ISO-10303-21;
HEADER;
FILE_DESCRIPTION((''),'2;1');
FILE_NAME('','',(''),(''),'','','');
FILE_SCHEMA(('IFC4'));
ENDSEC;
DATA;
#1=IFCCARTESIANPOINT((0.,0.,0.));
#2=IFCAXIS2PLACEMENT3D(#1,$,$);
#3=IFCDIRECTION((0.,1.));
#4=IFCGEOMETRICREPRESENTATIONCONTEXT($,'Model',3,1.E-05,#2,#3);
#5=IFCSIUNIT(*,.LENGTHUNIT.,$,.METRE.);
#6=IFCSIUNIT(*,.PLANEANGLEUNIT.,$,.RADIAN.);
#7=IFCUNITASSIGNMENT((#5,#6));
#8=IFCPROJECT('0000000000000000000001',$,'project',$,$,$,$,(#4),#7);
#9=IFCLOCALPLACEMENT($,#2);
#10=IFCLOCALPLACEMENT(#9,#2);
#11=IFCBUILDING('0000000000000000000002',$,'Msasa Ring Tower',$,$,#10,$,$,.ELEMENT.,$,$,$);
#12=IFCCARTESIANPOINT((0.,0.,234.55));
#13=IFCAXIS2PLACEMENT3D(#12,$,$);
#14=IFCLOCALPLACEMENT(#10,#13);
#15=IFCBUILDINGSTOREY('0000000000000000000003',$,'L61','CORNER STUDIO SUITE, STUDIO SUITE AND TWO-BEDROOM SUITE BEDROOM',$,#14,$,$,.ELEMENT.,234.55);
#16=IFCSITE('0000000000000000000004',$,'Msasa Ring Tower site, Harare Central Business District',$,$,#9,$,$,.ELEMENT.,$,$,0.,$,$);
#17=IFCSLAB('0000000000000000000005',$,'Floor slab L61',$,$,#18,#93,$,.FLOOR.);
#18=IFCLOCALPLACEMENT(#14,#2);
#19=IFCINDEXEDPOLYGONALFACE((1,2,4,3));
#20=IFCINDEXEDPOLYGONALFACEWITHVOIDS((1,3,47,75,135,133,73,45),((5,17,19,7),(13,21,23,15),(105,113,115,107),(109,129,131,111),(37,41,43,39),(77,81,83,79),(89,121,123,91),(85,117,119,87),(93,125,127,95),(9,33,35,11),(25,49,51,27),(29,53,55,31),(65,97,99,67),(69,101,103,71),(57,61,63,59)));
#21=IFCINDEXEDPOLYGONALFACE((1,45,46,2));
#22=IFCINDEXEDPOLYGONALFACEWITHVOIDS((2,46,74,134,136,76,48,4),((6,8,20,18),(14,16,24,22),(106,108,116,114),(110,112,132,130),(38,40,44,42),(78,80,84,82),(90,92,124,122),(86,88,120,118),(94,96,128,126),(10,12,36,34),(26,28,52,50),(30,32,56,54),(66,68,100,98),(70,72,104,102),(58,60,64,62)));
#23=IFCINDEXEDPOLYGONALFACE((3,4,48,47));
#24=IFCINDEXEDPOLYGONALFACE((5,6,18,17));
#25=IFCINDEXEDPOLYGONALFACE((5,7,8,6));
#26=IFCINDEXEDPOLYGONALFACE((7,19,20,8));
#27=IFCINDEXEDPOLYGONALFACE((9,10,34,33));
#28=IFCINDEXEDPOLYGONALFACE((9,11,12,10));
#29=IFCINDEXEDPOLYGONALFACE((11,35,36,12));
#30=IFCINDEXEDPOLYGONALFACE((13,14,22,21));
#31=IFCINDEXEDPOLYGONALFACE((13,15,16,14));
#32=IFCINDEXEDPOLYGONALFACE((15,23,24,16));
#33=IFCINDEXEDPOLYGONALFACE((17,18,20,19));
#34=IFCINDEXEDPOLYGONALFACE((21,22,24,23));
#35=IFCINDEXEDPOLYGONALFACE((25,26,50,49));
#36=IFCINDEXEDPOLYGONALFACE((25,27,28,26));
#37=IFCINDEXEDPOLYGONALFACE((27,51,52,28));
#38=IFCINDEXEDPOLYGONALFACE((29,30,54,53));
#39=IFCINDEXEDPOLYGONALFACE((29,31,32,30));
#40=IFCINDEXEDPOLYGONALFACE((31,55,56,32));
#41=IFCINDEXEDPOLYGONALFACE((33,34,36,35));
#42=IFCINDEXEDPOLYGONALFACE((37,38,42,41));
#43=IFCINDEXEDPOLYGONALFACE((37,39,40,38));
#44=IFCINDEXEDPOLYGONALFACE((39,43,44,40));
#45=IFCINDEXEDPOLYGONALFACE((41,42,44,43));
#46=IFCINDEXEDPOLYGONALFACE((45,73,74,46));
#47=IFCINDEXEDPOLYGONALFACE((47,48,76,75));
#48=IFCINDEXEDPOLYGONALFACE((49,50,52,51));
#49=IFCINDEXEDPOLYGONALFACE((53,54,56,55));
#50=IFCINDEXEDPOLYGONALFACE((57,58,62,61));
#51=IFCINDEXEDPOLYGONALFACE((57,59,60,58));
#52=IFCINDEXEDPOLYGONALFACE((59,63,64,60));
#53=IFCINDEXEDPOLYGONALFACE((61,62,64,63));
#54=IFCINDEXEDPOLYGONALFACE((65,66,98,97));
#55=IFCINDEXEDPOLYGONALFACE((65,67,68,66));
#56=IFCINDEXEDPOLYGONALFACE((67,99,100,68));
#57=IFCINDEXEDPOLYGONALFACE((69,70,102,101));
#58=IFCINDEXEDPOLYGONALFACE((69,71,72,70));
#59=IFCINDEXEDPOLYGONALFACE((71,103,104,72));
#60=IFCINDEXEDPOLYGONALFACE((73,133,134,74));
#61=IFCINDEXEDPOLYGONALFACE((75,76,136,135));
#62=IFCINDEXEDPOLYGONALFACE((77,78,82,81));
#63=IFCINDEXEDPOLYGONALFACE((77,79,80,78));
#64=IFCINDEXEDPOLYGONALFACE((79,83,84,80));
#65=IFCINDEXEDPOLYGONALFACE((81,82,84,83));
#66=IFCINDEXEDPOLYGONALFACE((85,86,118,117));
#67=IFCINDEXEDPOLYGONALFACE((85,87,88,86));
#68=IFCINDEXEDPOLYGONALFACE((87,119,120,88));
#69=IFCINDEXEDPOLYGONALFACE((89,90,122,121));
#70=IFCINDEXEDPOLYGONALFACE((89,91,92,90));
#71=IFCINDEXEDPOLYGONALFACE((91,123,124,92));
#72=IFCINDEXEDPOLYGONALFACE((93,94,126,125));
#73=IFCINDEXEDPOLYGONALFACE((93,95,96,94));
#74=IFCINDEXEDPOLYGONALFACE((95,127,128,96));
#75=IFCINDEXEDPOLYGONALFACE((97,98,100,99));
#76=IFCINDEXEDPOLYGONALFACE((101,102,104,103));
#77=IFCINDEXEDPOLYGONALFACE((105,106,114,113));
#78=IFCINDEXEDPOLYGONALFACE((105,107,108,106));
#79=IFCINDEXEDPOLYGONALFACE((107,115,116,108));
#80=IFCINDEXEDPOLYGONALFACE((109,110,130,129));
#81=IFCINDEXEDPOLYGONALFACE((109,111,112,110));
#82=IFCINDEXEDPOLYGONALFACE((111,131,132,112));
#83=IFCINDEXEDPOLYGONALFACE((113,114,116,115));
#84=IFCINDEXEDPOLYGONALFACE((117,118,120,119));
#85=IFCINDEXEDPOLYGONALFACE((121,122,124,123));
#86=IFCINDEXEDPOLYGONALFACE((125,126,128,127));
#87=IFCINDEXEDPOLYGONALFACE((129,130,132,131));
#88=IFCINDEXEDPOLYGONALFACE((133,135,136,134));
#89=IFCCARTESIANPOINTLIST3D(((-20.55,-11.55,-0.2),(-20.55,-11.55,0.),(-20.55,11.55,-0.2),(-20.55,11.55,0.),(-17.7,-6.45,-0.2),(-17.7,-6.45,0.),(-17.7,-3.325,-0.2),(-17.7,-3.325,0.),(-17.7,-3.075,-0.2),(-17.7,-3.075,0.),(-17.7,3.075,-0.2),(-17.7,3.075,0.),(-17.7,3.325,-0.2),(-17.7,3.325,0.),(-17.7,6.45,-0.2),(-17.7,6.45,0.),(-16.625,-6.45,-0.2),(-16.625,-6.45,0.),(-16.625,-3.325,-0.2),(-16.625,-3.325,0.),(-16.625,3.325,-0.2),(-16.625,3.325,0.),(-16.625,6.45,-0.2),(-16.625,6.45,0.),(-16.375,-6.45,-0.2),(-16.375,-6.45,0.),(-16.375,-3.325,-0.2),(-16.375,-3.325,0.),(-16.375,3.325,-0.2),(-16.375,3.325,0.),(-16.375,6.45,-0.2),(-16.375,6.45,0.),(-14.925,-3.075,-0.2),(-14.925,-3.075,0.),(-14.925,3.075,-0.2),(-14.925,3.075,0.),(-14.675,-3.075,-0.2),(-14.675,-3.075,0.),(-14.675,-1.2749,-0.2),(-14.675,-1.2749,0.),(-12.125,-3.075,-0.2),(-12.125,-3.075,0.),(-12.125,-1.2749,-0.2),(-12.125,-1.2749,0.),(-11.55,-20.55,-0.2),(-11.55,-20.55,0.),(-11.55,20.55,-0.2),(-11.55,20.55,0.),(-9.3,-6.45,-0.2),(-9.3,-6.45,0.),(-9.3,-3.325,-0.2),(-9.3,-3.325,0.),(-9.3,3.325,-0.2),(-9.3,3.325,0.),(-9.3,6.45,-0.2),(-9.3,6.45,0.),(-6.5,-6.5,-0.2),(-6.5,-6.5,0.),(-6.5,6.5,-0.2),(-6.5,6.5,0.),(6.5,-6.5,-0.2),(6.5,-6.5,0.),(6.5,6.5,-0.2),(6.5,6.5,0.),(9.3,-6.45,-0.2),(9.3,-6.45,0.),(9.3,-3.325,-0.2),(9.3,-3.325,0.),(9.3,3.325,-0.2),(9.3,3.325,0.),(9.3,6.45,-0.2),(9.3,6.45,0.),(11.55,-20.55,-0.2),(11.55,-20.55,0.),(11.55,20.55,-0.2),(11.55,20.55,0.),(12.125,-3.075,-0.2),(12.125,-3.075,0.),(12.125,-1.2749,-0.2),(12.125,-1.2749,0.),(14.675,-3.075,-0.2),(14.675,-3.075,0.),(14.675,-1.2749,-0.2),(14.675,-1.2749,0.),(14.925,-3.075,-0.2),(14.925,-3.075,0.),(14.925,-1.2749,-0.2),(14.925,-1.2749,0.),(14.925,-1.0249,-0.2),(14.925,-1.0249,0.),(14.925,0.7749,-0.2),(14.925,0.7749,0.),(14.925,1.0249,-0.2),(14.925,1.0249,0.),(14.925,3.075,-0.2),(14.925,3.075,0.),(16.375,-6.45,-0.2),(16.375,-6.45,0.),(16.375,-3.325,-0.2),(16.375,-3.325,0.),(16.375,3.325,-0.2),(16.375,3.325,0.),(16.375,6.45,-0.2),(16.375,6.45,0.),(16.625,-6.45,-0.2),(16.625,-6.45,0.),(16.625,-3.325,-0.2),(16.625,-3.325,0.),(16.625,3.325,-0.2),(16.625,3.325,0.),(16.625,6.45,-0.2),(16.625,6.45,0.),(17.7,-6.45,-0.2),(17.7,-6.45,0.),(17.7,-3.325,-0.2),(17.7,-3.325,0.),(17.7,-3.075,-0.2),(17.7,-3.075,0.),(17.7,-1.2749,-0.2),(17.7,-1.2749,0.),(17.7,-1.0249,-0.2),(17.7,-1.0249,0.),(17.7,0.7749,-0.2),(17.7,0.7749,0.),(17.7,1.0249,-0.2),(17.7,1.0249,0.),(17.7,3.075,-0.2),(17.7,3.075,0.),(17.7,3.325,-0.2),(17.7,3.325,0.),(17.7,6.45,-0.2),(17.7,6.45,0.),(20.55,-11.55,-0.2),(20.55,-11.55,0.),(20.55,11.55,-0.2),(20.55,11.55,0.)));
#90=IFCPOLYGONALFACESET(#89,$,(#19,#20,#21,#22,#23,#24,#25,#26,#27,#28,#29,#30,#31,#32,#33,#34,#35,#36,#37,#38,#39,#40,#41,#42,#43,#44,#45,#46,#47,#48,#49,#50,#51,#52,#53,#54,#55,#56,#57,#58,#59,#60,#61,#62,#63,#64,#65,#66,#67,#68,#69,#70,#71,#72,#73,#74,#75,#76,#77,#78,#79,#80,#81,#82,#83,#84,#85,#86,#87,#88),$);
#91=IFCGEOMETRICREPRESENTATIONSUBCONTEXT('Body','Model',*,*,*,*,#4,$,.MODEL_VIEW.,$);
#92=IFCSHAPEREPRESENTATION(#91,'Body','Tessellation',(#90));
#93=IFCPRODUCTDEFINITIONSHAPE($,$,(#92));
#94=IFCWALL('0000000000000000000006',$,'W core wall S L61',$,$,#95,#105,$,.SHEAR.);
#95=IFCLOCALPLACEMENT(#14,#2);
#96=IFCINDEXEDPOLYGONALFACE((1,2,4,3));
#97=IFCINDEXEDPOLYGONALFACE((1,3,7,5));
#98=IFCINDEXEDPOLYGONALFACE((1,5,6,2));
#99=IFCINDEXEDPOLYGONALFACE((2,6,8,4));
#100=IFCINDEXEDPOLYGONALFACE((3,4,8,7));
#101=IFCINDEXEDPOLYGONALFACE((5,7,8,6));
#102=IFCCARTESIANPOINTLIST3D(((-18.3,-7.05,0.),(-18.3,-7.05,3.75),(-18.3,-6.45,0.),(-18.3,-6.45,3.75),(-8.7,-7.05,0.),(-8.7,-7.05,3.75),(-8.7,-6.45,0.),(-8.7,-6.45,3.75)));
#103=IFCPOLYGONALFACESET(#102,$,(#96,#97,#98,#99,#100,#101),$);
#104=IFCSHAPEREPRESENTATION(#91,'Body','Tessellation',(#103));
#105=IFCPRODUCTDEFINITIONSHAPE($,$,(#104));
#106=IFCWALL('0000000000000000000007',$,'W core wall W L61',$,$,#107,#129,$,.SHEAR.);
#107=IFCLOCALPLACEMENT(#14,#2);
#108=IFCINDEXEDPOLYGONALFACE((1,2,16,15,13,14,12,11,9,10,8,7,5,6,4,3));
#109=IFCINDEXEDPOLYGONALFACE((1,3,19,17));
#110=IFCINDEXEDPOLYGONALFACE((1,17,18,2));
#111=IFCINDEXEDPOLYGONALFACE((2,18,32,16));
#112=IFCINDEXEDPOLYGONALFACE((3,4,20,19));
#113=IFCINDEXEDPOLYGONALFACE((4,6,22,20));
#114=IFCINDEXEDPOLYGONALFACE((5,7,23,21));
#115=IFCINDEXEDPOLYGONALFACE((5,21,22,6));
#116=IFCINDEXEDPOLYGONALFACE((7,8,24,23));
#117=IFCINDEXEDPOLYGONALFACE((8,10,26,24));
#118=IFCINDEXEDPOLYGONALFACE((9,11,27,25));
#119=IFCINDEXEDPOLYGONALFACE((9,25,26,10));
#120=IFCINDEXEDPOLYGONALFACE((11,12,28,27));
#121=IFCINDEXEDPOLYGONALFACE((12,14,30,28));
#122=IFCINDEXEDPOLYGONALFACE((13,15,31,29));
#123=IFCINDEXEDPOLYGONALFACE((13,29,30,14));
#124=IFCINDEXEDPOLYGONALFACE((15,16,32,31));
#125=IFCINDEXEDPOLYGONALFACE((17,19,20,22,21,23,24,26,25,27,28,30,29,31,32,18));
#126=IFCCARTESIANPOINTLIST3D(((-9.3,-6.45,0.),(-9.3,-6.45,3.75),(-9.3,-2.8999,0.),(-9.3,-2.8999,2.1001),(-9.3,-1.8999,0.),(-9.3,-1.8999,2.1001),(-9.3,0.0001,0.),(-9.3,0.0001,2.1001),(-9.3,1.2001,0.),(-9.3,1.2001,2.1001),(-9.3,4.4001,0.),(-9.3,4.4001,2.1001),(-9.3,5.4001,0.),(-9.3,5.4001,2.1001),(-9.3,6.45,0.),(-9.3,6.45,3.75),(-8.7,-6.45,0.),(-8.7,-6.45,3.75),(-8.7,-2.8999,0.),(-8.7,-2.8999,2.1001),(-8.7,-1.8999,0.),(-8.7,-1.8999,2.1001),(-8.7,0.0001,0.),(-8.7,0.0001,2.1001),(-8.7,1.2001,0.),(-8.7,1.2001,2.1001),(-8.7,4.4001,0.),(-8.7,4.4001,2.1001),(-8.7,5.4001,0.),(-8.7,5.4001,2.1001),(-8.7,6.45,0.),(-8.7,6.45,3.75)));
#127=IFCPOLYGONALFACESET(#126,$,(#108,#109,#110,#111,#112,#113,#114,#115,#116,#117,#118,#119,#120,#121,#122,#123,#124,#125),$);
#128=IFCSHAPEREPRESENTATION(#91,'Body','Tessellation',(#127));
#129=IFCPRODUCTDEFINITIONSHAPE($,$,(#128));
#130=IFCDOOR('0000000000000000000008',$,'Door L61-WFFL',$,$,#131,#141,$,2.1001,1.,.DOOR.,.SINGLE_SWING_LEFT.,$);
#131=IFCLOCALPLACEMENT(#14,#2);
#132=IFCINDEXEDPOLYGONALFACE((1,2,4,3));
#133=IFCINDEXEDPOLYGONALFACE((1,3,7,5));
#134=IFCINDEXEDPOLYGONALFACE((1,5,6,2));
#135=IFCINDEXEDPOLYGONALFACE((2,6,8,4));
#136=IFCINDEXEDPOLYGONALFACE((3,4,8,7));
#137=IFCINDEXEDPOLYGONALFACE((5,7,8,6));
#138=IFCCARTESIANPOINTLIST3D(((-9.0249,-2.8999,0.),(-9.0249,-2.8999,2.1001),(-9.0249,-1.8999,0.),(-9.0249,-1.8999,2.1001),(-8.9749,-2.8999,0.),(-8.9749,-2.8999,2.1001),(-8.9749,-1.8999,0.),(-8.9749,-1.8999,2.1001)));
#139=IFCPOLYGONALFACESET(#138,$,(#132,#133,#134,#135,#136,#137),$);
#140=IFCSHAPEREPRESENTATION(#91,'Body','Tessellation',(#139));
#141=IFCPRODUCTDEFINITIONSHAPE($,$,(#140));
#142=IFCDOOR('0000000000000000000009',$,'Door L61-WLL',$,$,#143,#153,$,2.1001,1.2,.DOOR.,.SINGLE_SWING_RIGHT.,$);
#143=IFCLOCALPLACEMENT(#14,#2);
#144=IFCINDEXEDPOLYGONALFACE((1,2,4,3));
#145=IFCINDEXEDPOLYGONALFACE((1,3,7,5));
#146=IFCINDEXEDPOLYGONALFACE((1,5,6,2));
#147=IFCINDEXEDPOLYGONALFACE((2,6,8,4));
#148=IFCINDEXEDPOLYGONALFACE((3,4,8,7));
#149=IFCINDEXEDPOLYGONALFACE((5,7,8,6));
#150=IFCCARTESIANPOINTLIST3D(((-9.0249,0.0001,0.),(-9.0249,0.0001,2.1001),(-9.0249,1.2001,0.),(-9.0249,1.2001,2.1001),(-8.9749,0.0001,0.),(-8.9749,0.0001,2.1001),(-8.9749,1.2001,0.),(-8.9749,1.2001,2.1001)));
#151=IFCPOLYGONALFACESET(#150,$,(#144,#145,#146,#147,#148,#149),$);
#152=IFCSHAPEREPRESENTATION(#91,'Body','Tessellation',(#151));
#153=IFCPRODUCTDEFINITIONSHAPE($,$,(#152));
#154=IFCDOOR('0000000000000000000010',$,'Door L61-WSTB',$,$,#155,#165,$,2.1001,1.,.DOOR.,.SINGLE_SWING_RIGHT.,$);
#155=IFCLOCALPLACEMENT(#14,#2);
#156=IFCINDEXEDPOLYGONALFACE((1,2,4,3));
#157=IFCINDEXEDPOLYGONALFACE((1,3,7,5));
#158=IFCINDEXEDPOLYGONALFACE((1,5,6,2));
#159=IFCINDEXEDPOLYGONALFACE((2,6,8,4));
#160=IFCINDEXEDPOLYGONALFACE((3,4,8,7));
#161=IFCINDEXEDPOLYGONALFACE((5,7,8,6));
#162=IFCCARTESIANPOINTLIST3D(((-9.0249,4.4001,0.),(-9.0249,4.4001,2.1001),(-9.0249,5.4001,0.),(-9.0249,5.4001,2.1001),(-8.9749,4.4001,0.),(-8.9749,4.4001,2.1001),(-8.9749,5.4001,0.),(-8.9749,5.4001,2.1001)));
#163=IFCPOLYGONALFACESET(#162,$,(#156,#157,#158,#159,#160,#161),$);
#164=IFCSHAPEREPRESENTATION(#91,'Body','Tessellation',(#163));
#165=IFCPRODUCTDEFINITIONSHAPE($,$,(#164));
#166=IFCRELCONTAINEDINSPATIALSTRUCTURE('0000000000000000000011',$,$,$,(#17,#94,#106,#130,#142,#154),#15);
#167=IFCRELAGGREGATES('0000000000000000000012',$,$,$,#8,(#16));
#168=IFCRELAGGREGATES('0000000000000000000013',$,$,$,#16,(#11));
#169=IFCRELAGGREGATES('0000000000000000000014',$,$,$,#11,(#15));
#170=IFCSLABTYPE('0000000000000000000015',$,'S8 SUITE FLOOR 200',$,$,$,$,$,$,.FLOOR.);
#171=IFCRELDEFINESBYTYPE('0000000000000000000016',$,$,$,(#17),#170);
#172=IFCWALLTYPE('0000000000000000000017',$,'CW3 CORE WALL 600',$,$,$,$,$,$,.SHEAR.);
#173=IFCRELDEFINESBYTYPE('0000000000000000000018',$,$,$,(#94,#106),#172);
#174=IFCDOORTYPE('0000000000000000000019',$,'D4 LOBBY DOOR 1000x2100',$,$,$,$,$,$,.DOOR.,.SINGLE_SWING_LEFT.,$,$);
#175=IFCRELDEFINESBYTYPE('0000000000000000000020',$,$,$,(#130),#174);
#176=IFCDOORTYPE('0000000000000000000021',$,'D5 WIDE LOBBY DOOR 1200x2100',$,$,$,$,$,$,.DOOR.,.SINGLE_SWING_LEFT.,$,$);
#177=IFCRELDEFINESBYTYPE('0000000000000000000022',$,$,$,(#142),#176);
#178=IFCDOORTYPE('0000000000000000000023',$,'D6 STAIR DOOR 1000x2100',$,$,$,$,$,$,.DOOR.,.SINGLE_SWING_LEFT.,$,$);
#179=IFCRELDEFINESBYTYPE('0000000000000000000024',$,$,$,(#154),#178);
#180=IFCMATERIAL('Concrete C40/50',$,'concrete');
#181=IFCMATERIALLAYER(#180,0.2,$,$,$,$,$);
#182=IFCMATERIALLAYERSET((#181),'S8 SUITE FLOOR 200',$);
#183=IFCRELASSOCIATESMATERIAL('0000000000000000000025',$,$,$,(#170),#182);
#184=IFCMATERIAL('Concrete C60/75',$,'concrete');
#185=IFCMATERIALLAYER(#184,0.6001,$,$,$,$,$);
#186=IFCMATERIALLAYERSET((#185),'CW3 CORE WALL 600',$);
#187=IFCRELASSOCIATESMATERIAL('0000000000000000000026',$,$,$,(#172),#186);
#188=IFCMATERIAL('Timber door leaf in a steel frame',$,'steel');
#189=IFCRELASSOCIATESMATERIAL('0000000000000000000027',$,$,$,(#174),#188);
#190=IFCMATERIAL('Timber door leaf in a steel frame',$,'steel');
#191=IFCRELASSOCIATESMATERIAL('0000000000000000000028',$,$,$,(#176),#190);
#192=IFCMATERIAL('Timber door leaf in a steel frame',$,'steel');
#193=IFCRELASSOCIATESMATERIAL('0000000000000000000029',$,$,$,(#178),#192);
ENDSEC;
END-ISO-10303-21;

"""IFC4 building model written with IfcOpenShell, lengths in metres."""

from ifc_helpers import new_model, si_unit, direction, frame, frame_2d, origin, place, context, subcontext, project, spatial, polyline, rectangle, outline, extrude, material, layer, layer_set, type_object, element, fill, save


model = new_model("IFC4")

# Units and contexts
model_context = context("Model", 3, precision=1e-05, world=origin(), true_north=direction((0.0, 1.0)))
body_context = subcontext(model_context, "Body", "Model", "MODEL_VIEW")
ifc_project = project(units=[si_unit("LENGTHUNIT", "METRE"), si_unit("PLANEANGLEUNIT", "RADIAN")], contexts=[model_context])

# Site, building, storey
site_placement = place(None, origin())
site = spatial("IfcSite", under=ifc_project, at=site_placement, Name="Msasa Ring Tower site, Harare Central Business District", CompositionType="ELEMENT", RefElevation=0.0)
building_placement = place(site_placement, origin())
building = spatial("IfcBuilding", under=site, at=building_placement, Name="Msasa Ring Tower", CompositionType="ELEMENT")
storey_placement = place(building_placement, frame((0.0, 0.0, 234.55)))
storey = spatial("IfcBuildingStorey", under=building, at=storey_placement, Name="L61", Description="CORNER STUDIO SUITE, STUDIO SUITE AND TWO-BEDROOM SUITE BEDROOM", CompositionType="ELEMENT", Elevation=234.55)

# Slab
ifc_material_1 = material(Name="Concrete C40/50", Category="concrete")
ifc_layer_1 = layer(ifc_material_1, 0.2)
ifc_layer_set_1 = layer_set([ifc_layer_1], Name="S8 SUITE FLOOR 200")
slab_type = type_object("IfcSlabType", Name="S8 SUITE FLOOR 200", PredefinedType="FLOOR", material=ifc_layer_set_1)
slab_placement = place(storey_placement, frame((0.0, 0.0, -0.2)))
element("IfcSlab", 1, at=slab_placement, inside=storey, type_object=slab_type, Name="Floor slab L61", PredefinedType="FLOOR", context=body_context, shape_type="SweptSolid", body=[
    extrude(outline(polyline([(-11.55, -20.55), (11.55, -20.55), (20.55, -11.55), (20.55, 11.55), (11.55, 20.55), (-11.55, 20.55), (-20.55, 11.55), (-20.55, -11.55), (-11.55, -20.55)]), holes=[polyline([(-6.5, -6.5), (6.5, -6.5), (6.5, 6.5), (-6.5, 6.5), (-6.5, -6.5)]), polyline([(9.3, -6.45), (16.375, -6.45), (16.375, -3.325), (9.3, -3.325), (9.3, -6.45)]), polyline([(9.3, 3.325), (16.375, 3.325), (16.375, 6.45), (9.3, 6.45), (9.3, 3.325)]), polyline([(12.125, -3.075), (14.675, -3.075), (14.675, -1.2749), (12.125, -1.2749), (12.125, -3.075)]), polyline([(16.625, -6.45), (17.7, -6.45), (17.7, -3.325), (16.625, -3.325), (16.625, -6.45)]), polyline([(16.625, 3.325), (17.7, 3.325), (17.7, 6.45), (16.625, 6.45), (16.625, 3.325)]), polyline([(14.925, -3.075), (17.7, -3.075), (17.7, -1.2749), (14.925, -1.2749), (14.925, -3.075)]), polyline([(14.925, -1.0249), (17.7, -1.0249), (17.7, 0.7749), (14.925, 0.7749), (14.925, -1.0249)]), polyline([(14.925, 1.0249), (17.7, 1.0249), (17.7, 3.075), (14.925, 3.075), (14.925, 1.0249)]), polyline([(-16.375, -6.45), (-9.3, -6.45), (-9.3, -3.325), (-16.375, -3.325), (-16.375, -6.45)]), polyline([(-16.375, 3.325), (-9.3, 3.325), (-9.3, 6.45), (-16.375, 6.45), (-16.375, 3.325)]), polyline([(-14.675, -3.075), (-12.125, -3.075), (-12.125, -1.2749), (-14.675, -1.2749), (-14.675, -3.075)]), polyline([(-17.7, -6.45), (-16.625, -6.45), (-16.625, -3.325), (-17.7, -3.325), (-17.7, -6.45)]), polyline([(-17.7, 3.325), (-16.625, 3.325), (-16.625, 6.45), (-17.7, 6.45), (-17.7, 3.325)]), polyline([(-17.7, -3.075), (-14.925, -3.075), (-14.925, 3.075), (-17.7, 3.075), (-17.7, -3.075)])]), origin(), (0.0, 0.0, 1.0), 0.2),
])

# Wall
ifc_material_2 = material(Name="Concrete C60/75", Category="concrete")
ifc_layer_2 = layer(ifc_material_2, 0.6001)
ifc_layer_set_2 = layer_set([ifc_layer_2], Name="CW3 CORE WALL 600")
wall_type_1 = type_object("IfcWallType", Name="CW3 CORE WALL 600", PredefinedType="SHEAR", material=ifc_layer_set_2)
wall_1_placement = place(storey_placement, frame((-8.7, -6.75, 0.0), z_axis=(0.0, 0.0, 1.0), x_axis=(-1.0, 0.0, 0.0)))
element("IfcWall", 2, at=wall_1_placement, inside=storey, type_object=wall_type_1, Name="W core wall S L61", PredefinedType="SHEAR", context=body_context, shape_type="SweptSolid", body=[
    extrude(rectangle(XDim=9.6001, YDim=0.6001, at=frame_2d((4.8, 0.0))), origin(), (0.0, 0.0, 1.0), 3.75),
])

# Wall, openings, doors
wall_2_placement = place(storey_placement, frame((-9.0, -6.45, 0.0), z_axis=(0.0, 0.0, 1.0), x_axis=(0.0, 1.0, 0.0)))
wall_2 = element("IfcWall", 3, at=wall_2_placement, inside=storey, type_object=wall_type_1, Name="W core wall W L61", PredefinedType="SHEAR", context=body_context, shape_type="SweptSolid", body=[
    extrude(rectangle(XDim=12.8999, YDim=0.6001, at=frame_2d((6.45, 0.0))), origin(), (0.0, 0.0, 1.0), 3.75),
])
opening_1_placement = place(wall_2_placement, frame((3.55, 0.0, 0.0)))
opening_1 = element("IfcOpeningElement", 4, at=opening_1_placement, cuts=wall_2, PredefinedType="OPENING", context=body_context, shape_type="SweptSolid", body=[
    extrude(rectangle(XDim=1.0, YDim=2.1001, at=frame_2d((0.5, 1.05))), frame((0.0, 0.3101, 0.0), z_axis=(0.0, -1.0, 0.0), x_axis=(1.0, 0.0, 0.0)), (0.0, 0.0, 1.0), 0.6201),
])
opening_2_placement = place(wall_2_placement, frame((6.45, 0.0, 0.0)))
opening_2 = element("IfcOpeningElement", 5, at=opening_2_placement, cuts=wall_2, PredefinedType="OPENING", context=body_context, shape_type="SweptSolid", body=[
    extrude(rectangle(XDim=1.2, YDim=2.1001, at=frame_2d((0.6001, 1.05))), frame((0.0, 0.3101, 0.0), z_axis=(0.0, -1.0, 0.0), x_axis=(1.0, 0.0, 0.0)), (0.0, 0.0, 1.0), 0.6201),
])
opening_3_placement = place(wall_2_placement, frame((10.8501, 0.0, 0.0)))
opening_3 = element("IfcOpeningElement", 6, at=opening_3_placement, cuts=wall_2, PredefinedType="OPENING", context=body_context, shape_type="SweptSolid", body=[
    extrude(rectangle(XDim=1.0, YDim=2.1001, at=frame_2d((0.5, 1.05))), frame((0.0, 0.3101, 0.0), z_axis=(0.0, -1.0, 0.0), x_axis=(1.0, 0.0, 0.0)), (0.0, 0.0, 1.0), 0.6201),
])
ifc_material_3 = material(Name="Timber door leaf in a steel frame", Category="steel")
door_type_1 = type_object("IfcDoorType", Name="D4 LOBBY DOOR 1000x2100", OperationType="SINGLE_SWING_LEFT", PredefinedType="DOOR", material=ifc_material_3)
door_1_placement = place(opening_1_placement, origin())
door_1 = element("IfcDoor", 7, at=door_1_placement, inside=storey, type_object=door_type_1, Name="Door L61-WFFL", OperationType="SINGLE_SWING_LEFT", OverallHeight=2.1001, OverallWidth=1.0, PredefinedType="DOOR", context=body_context, shape_type="SweptSolid", body=[
    extrude(rectangle(XDim=1.0, YDim=2.1001, at=frame_2d((0.5, 1.05))), frame((0.0, 0.0249, 0.0), z_axis=(0.0, -1.0, 0.0), x_axis=(1.0, 0.0, 0.0)), (0.0, 0.0, 1.0), 0.05),
])
fill(opening_1, door_1)
ifc_material_4 = material(Name="Timber door leaf in a steel frame", Category="steel")
door_type_2 = type_object("IfcDoorType", Name="D5 WIDE LOBBY DOOR 1200x2100", OperationType="SINGLE_SWING_LEFT", PredefinedType="DOOR", material=ifc_material_4)
door_2_placement = place(opening_2_placement, origin())
door_2 = element("IfcDoor", 8, at=door_2_placement, inside=storey, type_object=door_type_2, Name="Door L61-WLL", OperationType="SINGLE_SWING_RIGHT", OverallHeight=2.1001, OverallWidth=1.2, PredefinedType="DOOR", context=body_context, shape_type="SweptSolid", body=[
    extrude(rectangle(XDim=1.2, YDim=2.1001, at=frame_2d((0.6001, 1.05))), frame((0.0, 0.0249, 0.0), z_axis=(0.0, -1.0, 0.0), x_axis=(1.0, 0.0, 0.0)), (0.0, 0.0, 1.0), 0.05),
])
fill(opening_2, door_2)
ifc_material_5 = material(Name="Timber door leaf in a steel frame", Category="steel")
door_type_3 = type_object("IfcDoorType", Name="D6 STAIR DOOR 1000x2100", OperationType="SINGLE_SWING_LEFT", PredefinedType="DOOR", material=ifc_material_5)
door_3_placement = place(opening_3_placement, origin())
door_3 = element("IfcDoor", 9, at=door_3_placement, inside=storey, type_object=door_type_3, Name="Door L61-WSTB", OperationType="SINGLE_SWING_RIGHT", OverallHeight=2.1001, OverallWidth=1.0, PredefinedType="DOOR", context=body_context, shape_type="SweptSolid", body=[
    extrude(rectangle(XDim=1.0, YDim=2.1001, at=frame_2d((0.5, 1.05))), frame((0.0, 0.0249, 0.0), z_axis=(0.0, -1.0, 0.0), x_axis=(1.0, 0.0, 0.0)), (0.0, 0.0, 1.0), 0.05),
])
fill(opening_3, door_3)

save(model, "model.ifc")
